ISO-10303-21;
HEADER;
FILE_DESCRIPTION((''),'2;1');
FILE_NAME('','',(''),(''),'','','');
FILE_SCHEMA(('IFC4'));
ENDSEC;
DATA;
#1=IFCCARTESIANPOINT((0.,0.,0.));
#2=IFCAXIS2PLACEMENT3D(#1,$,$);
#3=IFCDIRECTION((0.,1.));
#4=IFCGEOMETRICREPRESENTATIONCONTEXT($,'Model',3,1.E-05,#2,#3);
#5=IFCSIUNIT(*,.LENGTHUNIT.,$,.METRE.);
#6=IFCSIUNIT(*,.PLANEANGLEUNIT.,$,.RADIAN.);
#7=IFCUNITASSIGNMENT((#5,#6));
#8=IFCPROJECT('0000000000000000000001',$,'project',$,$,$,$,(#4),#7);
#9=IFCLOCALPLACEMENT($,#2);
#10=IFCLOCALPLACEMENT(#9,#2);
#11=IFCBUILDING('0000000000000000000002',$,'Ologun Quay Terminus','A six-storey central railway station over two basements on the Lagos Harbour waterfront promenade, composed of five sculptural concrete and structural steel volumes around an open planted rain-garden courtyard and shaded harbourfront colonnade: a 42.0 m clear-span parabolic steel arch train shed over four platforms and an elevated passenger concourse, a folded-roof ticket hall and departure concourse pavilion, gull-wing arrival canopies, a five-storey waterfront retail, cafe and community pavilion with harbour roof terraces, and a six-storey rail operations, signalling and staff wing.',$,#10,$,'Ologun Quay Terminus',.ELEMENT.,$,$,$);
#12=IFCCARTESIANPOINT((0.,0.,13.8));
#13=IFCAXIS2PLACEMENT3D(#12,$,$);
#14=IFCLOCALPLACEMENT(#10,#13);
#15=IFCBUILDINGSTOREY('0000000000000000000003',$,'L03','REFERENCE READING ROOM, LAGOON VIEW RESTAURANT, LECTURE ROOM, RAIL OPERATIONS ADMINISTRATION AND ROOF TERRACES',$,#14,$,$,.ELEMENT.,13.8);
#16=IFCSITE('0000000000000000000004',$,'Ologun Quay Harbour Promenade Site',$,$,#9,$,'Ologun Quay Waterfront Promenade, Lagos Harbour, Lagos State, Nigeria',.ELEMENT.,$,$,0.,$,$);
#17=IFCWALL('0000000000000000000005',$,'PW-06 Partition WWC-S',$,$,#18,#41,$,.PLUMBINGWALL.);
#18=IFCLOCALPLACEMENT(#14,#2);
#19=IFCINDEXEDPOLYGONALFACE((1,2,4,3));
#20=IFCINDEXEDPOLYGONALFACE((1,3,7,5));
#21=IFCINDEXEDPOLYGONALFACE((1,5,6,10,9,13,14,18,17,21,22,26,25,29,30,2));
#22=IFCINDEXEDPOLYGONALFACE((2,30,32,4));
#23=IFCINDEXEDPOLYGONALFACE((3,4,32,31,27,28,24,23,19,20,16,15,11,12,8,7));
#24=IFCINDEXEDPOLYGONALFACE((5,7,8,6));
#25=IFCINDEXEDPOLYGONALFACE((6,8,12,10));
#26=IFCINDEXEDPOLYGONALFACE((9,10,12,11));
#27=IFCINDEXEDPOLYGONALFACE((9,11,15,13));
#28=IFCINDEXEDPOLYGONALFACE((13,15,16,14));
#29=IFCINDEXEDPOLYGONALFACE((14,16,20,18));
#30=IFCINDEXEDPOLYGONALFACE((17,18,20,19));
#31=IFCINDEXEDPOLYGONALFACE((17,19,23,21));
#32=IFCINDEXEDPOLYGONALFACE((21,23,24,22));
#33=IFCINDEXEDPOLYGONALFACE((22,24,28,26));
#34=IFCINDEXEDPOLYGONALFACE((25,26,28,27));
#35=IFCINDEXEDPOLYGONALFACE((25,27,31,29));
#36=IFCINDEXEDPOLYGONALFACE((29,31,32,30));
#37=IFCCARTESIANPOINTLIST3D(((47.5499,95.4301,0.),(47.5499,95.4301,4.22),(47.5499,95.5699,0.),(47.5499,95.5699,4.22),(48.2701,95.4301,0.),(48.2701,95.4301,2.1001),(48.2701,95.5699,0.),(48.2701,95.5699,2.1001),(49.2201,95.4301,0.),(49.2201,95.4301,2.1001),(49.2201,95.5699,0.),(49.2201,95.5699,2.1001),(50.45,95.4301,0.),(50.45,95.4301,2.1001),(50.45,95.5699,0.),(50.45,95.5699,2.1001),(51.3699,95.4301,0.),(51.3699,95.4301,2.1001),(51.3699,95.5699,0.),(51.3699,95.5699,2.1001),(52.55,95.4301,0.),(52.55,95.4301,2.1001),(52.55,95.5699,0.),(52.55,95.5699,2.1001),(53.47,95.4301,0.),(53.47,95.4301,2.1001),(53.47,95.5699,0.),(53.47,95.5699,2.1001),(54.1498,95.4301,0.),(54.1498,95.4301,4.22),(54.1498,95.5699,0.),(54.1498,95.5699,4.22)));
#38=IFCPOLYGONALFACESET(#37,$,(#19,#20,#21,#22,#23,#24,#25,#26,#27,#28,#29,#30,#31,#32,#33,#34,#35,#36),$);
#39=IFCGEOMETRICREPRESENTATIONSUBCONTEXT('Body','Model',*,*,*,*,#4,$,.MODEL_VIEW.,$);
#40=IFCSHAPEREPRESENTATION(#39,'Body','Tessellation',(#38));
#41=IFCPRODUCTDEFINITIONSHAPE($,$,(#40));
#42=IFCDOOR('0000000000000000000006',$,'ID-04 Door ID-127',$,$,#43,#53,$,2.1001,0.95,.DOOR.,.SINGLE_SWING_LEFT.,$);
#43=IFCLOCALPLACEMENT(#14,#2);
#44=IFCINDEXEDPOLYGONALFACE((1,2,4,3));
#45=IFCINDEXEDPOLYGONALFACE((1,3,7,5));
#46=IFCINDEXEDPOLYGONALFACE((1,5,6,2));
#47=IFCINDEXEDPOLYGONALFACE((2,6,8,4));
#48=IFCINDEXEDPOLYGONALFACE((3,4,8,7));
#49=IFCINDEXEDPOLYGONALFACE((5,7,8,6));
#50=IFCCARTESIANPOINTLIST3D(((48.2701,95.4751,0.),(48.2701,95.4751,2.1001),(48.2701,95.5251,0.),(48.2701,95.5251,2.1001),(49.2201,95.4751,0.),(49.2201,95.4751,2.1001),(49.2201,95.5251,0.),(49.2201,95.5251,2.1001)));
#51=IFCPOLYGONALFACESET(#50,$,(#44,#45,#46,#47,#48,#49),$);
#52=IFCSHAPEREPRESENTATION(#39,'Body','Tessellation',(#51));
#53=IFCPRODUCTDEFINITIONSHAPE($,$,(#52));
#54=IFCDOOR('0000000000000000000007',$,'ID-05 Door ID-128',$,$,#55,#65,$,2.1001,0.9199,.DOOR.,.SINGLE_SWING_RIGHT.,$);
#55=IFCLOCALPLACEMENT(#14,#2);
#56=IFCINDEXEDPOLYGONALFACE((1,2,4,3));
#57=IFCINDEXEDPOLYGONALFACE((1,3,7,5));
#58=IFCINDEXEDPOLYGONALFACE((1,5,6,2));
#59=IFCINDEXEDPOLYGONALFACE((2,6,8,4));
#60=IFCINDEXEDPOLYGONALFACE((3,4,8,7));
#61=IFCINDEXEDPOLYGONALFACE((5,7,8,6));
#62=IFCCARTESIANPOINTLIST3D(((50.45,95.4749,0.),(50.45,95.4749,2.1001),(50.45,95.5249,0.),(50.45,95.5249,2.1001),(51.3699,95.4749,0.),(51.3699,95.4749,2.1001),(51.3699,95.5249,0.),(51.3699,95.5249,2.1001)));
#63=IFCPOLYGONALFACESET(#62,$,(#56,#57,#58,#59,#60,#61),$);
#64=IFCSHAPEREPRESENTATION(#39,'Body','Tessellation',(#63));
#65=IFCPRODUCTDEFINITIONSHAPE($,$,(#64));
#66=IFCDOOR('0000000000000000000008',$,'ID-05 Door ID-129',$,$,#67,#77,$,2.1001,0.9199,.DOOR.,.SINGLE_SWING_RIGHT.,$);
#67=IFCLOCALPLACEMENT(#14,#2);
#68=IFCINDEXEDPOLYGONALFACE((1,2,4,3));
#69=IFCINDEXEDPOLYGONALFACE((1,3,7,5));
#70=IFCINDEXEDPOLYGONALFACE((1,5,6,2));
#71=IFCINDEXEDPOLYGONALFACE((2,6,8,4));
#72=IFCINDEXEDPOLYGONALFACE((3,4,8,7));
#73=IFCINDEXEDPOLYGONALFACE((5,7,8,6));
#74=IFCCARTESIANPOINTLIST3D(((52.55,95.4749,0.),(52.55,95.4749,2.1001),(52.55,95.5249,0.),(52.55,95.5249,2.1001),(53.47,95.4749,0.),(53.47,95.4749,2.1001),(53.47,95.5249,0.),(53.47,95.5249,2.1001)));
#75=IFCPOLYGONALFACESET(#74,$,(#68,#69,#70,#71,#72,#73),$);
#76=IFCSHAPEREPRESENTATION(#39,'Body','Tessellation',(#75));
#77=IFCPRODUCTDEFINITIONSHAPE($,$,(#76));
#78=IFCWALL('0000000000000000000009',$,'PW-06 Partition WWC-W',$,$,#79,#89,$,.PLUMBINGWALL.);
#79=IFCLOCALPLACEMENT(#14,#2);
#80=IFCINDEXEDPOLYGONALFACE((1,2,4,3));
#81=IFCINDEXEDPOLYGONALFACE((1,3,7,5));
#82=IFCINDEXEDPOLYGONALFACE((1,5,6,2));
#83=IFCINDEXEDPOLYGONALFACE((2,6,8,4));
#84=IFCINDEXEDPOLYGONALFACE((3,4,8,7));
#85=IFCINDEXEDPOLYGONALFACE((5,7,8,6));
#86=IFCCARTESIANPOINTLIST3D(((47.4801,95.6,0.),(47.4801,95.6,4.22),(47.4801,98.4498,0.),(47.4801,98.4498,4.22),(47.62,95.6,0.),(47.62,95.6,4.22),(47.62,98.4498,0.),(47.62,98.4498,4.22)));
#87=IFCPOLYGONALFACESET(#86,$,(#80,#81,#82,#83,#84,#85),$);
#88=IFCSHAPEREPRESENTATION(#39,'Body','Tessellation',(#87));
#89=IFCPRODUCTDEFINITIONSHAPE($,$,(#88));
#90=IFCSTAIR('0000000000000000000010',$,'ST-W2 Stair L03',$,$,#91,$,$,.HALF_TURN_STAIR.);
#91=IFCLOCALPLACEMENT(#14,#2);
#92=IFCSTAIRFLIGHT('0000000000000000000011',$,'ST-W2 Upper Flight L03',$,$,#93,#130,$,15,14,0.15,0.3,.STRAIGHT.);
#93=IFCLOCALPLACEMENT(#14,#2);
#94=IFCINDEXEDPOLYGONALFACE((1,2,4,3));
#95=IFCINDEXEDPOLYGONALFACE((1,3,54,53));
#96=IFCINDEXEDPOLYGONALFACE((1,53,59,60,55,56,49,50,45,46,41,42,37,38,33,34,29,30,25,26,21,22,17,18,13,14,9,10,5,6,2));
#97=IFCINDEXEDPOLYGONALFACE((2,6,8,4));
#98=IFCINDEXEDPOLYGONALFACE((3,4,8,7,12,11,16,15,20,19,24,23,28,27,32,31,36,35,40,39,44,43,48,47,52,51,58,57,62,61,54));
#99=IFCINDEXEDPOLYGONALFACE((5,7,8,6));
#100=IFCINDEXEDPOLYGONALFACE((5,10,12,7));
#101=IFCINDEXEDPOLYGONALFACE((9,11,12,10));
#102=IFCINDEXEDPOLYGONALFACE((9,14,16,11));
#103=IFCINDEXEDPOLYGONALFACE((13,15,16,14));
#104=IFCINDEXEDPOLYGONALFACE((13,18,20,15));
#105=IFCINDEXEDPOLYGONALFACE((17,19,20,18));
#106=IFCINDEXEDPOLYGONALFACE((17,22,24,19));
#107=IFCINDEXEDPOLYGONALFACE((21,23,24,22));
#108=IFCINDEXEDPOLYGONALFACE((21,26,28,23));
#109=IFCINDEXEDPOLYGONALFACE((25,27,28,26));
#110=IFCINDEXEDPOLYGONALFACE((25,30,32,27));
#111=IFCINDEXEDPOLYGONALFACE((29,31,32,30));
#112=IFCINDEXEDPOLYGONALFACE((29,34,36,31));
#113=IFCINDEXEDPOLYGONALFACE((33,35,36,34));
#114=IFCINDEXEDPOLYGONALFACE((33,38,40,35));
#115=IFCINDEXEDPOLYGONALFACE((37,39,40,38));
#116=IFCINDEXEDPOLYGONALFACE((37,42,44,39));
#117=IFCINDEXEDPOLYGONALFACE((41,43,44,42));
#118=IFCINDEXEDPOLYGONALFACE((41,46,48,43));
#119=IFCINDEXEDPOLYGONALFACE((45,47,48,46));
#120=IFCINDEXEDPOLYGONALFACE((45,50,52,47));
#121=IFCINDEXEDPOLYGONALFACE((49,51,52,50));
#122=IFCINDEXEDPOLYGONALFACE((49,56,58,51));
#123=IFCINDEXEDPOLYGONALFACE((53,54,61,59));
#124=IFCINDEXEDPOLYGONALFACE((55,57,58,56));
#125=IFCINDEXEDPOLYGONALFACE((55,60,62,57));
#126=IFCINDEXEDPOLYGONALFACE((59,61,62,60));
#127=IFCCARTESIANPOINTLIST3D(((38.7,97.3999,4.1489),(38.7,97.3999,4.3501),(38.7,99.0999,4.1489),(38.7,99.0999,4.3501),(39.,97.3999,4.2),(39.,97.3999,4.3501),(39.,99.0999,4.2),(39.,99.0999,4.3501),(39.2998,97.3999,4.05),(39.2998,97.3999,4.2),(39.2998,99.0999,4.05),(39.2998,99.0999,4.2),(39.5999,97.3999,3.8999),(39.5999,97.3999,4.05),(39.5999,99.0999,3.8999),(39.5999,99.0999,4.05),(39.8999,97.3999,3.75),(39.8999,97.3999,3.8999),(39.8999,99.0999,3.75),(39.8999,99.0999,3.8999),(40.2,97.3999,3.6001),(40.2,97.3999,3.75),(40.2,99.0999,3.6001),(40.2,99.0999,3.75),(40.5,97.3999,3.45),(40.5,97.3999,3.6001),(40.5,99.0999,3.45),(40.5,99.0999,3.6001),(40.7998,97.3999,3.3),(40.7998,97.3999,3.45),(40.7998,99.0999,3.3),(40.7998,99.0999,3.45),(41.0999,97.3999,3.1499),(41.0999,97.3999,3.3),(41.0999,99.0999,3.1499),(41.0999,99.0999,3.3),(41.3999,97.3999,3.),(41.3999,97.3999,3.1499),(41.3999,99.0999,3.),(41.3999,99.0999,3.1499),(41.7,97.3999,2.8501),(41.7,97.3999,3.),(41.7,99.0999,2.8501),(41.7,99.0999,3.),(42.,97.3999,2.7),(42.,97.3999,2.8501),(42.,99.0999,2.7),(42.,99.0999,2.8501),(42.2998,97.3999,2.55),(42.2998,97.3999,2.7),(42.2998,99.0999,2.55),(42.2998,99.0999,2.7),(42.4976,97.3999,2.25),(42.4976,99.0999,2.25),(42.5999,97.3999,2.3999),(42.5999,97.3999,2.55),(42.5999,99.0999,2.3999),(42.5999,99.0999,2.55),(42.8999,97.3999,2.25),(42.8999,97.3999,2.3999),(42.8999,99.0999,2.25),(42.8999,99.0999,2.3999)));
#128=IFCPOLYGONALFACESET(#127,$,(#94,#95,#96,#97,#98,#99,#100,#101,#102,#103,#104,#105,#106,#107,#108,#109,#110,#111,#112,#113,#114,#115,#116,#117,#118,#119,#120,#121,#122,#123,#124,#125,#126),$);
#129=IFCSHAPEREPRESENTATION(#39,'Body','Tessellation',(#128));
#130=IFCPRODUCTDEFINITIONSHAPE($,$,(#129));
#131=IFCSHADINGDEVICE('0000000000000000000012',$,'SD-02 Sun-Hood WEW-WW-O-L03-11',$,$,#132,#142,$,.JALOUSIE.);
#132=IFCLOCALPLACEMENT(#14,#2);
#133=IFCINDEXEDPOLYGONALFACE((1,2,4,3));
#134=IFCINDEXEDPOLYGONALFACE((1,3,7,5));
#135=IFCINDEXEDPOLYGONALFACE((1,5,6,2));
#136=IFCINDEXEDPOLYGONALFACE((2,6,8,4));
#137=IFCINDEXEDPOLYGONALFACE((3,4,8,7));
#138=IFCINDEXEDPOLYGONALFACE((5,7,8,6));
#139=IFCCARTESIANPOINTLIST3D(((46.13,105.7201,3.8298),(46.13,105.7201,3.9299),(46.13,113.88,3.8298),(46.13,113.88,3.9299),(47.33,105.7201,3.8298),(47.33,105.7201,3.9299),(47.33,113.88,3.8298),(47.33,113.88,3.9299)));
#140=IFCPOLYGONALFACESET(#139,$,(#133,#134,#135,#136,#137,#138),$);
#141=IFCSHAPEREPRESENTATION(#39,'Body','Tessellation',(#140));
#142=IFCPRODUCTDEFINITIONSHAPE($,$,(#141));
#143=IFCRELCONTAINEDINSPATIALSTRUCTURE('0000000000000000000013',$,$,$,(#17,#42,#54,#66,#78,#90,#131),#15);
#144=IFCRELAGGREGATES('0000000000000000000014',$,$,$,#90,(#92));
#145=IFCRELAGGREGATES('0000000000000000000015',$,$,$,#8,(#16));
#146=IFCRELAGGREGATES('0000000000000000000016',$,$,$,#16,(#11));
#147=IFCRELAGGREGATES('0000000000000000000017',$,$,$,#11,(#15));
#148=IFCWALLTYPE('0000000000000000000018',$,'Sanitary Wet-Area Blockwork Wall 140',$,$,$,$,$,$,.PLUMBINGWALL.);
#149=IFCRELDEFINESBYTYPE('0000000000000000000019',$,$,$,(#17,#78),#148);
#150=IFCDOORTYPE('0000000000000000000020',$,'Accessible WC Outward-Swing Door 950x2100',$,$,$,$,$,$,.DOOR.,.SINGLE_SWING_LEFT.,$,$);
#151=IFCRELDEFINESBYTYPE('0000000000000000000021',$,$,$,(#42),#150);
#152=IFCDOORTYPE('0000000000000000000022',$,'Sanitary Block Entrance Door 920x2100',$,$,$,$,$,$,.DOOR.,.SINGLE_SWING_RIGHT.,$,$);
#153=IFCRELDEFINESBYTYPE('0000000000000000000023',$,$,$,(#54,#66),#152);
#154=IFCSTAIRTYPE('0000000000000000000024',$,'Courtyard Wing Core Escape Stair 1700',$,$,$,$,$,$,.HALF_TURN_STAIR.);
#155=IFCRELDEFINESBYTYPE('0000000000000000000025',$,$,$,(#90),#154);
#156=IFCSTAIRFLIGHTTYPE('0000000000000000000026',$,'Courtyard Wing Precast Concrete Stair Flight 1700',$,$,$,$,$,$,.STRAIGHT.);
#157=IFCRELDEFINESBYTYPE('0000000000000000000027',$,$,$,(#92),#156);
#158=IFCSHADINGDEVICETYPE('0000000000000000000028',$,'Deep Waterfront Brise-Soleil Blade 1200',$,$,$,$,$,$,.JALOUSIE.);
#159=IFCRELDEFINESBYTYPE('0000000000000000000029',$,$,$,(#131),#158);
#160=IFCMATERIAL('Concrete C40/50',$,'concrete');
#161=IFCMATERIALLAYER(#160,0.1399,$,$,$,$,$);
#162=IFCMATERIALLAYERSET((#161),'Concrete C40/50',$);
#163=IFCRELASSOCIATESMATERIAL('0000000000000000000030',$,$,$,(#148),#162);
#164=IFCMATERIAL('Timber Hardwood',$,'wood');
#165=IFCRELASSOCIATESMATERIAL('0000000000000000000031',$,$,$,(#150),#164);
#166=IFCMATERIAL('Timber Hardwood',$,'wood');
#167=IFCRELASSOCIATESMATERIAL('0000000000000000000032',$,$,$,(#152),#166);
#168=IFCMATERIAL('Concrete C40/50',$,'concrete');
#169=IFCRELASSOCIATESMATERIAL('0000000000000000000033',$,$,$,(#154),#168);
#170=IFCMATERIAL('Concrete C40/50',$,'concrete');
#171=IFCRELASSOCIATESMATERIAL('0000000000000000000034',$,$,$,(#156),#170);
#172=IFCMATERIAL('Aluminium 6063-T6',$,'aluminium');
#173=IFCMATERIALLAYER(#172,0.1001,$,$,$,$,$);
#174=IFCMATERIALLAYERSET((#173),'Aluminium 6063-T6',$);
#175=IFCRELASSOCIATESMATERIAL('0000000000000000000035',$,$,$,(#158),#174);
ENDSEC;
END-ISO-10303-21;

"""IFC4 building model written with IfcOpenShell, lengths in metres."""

from ifc_helpers import new_model, si_unit, direction, frame, frame_2d, origin, origin_2d, place, context, subcontext, project, spatial, polyline, rectangle, outline, extrude, material, layer, layer_set, type_object, element, fill, aggregate, save


model = new_model("IFC4")

# Units and contexts
model_context = context("Model", 3, precision=1e-05, world=origin(), true_north=direction((0.0, 1.0)))
body_context = subcontext(model_context, "Body", "Model", "MODEL_VIEW")
ifc_project = project(units=[si_unit("LENGTHUNIT", "METRE"), si_unit("PLANEANGLEUNIT", "RADIAN")], contexts=[model_context])

# Site, building, storey
site_placement = place(None, origin())
site = spatial("IfcSite", under=ifc_project, at=site_placement, Name="Ologun Quay Harbour Promenade Site", LongName="Ologun Quay Waterfront Promenade, Lagos Harbour, Lagos State, Nigeria", CompositionType="ELEMENT", RefElevation=0.0)
building_placement = place(site_placement, origin())
building = spatial("IfcBuilding", under=site, at=building_placement, Name="Ologun Quay Terminus", Description="A six-storey central railway station over two basements on the Lagos Harbour waterfront promenade, composed of five sculptural concrete and structural steel volumes around an open planted rain-garden courtyard and shaded harbourfront colonnade: a 42.0 m clear-span parabolic steel arch train shed over four platforms and an elevated passenger concourse, a folded-roof ticket hall and departure concourse pavilion, gull-wing arrival canopies, a five-storey waterfront retail, cafe and community pavilion with harbour roof terraces, and a six-storey rail operations, signalling and staff wing.", LongName="Ologun Quay Terminus", CompositionType="ELEMENT")
storey_placement = place(building_placement, frame((0.0, 0.0, 13.8)))
storey = spatial("IfcBuildingStorey", under=building, at=storey_placement, Name="L03", Description="REFERENCE READING ROOM, LAGOON VIEW RESTAURANT, LECTURE ROOM, RAIL OPERATIONS ADMINISTRATION AND ROOF TERRACES", CompositionType="ELEMENT", Elevation=13.8)

# Wall, openings, doors
ifc_material_1 = material(Name="Concrete C40/50", Category="concrete")
ifc_layer_1 = layer(ifc_material_1, 0.1399)
ifc_layer_set_1 = layer_set([ifc_layer_1], Name="Concrete C40/50")
wall_type_1 = type_object("IfcWallType", Name="Sanitary Wet-Area Blockwork Wall 140", PredefinedType="PLUMBINGWALL", material=ifc_layer_set_1)
wall_1_placement = place(storey_placement, frame((47.55, 95.5, 0.0), z_axis=(0.0, 0.0, 1.0), x_axis=(1.0, 0.0, 0.0)))
wall_1 = element("IfcWall", 1, at=wall_1_placement, inside=storey, type_object=wall_type_1, Name="PW-06 Partition WWC-S", PredefinedType="PLUMBINGWALL", context=body_context, shape_type="SweptSolid", body=[
    extrude(rectangle(XDim=6.5999, YDim=0.1399, at=frame_2d((3.2998, 0.0))), origin(), (0.0, 0.0, 1.0), 4.22),
])
opening_1_placement = place(wall_1_placement, frame((0.72, 0.0, 0.0)))
opening_1 = element("IfcOpeningElement", 2, at=opening_1_placement, cuts=wall_1, PredefinedType="OPENING", context=body_context, shape_type="SweptSolid", body=[
    extrude(rectangle(XDim=0.95, YDim=2.1001, at=frame_2d((0.4751, 1.05))), frame((0.0, 0.0801, 0.0), z_axis=(0.0, -1.0, 0.0), x_axis=(1.0, 0.0, 0.0)), (0.0, 0.0, 1.0), 0.1599),
])
opening_2_placement = place(wall_1_placement, frame((2.8999, 0.0, 0.0)))
opening_2 = element("IfcOpeningElement", 3, at=opening_2_placement, cuts=wall_1, PredefinedType="OPENING", context=body_context, shape_type="SweptSolid", body=[
    extrude(rectangle(XDim=0.9199, YDim=2.1001, at=frame_2d((0.46, 1.05))), frame((0.0, 0.0801, 0.0), z_axis=(0.0, -1.0, 0.0), x_axis=(1.0, 0.0, 0.0)), (0.0, 0.0, 1.0), 0.1599),
])
opening_3_placement = place(wall_1_placement, frame((5.0, 0.0, 0.0)))
opening_3 = element("IfcOpeningElement", 4, at=opening_3_placement, cuts=wall_1, PredefinedType="OPENING", context=body_context, shape_type="SweptSolid", body=[
    extrude(rectangle(XDim=0.9199, YDim=2.1001, at=frame_2d((0.46, 1.05))), frame((0.0, 0.0801, 0.0), z_axis=(0.0, -1.0, 0.0), x_axis=(1.0, 0.0, 0.0)), (0.0, 0.0, 1.0), 0.1599),
])
ifc_material_2 = material(Name="Timber Hardwood", Category="wood")
door_type_1 = type_object("IfcDoorType", Name="Accessible WC Outward-Swing Door 950x2100", OperationType="SINGLE_SWING_LEFT", PredefinedType="DOOR", material=ifc_material_2)
door_1_placement = place(opening_1_placement, frame((0.4751, 0.0, 0.0), z_axis=(0.0, 0.0, 1.0), x_axis=(-1.0, 0.0, 0.0)))
door_1 = element("IfcDoor", 5, at=door_1_placement, inside=storey, type_object=door_type_1, Name="ID-04 Door ID-127", OperationType="SINGLE_SWING_LEFT", OverallHeight=2.1001, OverallWidth=0.95, PredefinedType="DOOR", context=body_context, shape_type="SweptSolid", body=[
    extrude(rectangle(XDim=0.95, YDim=2.1001, at=frame_2d((0.0, 1.05))), frame((0.0, 0.0249, 0.0), z_axis=(0.0, -1.0, 0.0), x_axis=(1.0, 0.0, 0.0)), (0.0, 0.0, 1.0), 0.05),
])
fill(opening_1, door_1)
ifc_material_3 = material(Name="Timber Hardwood", Category="wood")
door_type_2 = type_object("IfcDoorType", Name="Sanitary Block Entrance Door 920x2100", OperationType="SINGLE_SWING_RIGHT", PredefinedType="DOOR", material=ifc_material_3)
door_2_placement = place(opening_2_placement, origin())
door_2 = element("IfcDoor", 6, at=door_2_placement, inside=storey, type_object=door_type_2, Name="ID-05 Door ID-128", OperationType="SINGLE_SWING_RIGHT", OverallHeight=2.1001, OverallWidth=0.9199, PredefinedType="DOOR", context=body_context, shape_type="SweptSolid", body=[
    extrude(rectangle(XDim=0.9199, YDim=2.1001, at=frame_2d((0.46, 1.05))), frame((0.0, 0.0249, 0.0), z_axis=(0.0, -1.0, 0.0), x_axis=(1.0, 0.0, 0.0)), (0.0, 0.0, 1.0), 0.05),
])
fill(opening_2, door_2)
door_3_placement = place(opening_3_placement, origin())
door_3 = element("IfcDoor", 7, at=door_3_placement, inside=storey, type_object=door_type_2, Name="ID-05 Door ID-129", OperationType="SINGLE_SWING_RIGHT", OverallHeight=2.1001, OverallWidth=0.9199, PredefinedType="DOOR", context=body_context, shape_type="SweptSolid", body=[
    extrude(rectangle(XDim=0.9199, YDim=2.1001, at=frame_2d((0.46, 1.05))), frame((0.0, 0.0249, 0.0), z_axis=(0.0, -1.0, 0.0), x_axis=(1.0, 0.0, 0.0)), (0.0, 0.0, 1.0), 0.05),
])
fill(opening_3, door_3)

# Wall
wall_2_placement = place(storey_placement, frame((47.55, 95.6001, 0.0), z_axis=(0.0, 0.0, 1.0), x_axis=(0.0, 1.0, 0.0)))
element("IfcWall", 8, at=wall_2_placement, inside=storey, type_object=wall_type_1, Name="PW-06 Partition WWC-W", PredefinedType="PLUMBINGWALL", context=body_context, shape_type="SweptSolid", body=[
    extrude(rectangle(XDim=2.8499, YDim=0.1399, at=frame_2d((1.4248, 0.0))), origin(), (0.0, 0.0, 1.0), 4.22),
])

# Stair, stair flight
ifc_material_4 = material(Name="Concrete C40/50", Category="concrete")
stair_type = type_object("IfcStairType", Name="Courtyard Wing Core Escape Stair 1700", PredefinedType="HALF_TURN_STAIR", material=ifc_material_4)
stair_placement = place(storey_placement, origin())
stair = element("IfcStair", 9, at=stair_placement, inside=storey, type_object=stair_type, Name="ST-W2 Stair L03", PredefinedType="HALF_TURN_STAIR")
ifc_material_5 = material(Name="Concrete C40/50", Category="concrete")
stair_flight_type = type_object("IfcStairFlightType", Name="Courtyard Wing Precast Concrete Stair Flight 1700", PredefinedType="STRAIGHT", material=ifc_material_5)
stair_flight_placement = place(storey_placement, frame((42.8999, 98.25, 2.25), z_axis=(0.0, 0.0, 1.0), x_axis=(-1.0, 0.0, 0.0)))
stair_flight = element("IfcStairFlight", 10, at=stair_flight_placement, type_object=stair_flight_type, Name="ST-W2 Upper Flight L03", NumberOfRisers=15, NumberOfTreads=14, PredefinedType="STRAIGHT", RiserHeight=0.15, TreadLength=0.3, context=body_context, shape_type="SweptSolid", body=[
    extrude(outline(polyline([(0.0, 0.0), (0.0, 0.1499), (0.3, 0.1499), (0.3, 0.3), (0.6001, 0.3), (0.6001, 0.45), (0.8999, 0.45), (0.8999, 0.6001), (1.2, 0.6001), (1.2, 0.75), (1.5, 0.75), (1.5, 0.8999), (1.8, 0.8999), (1.8, 1.05), (2.1001, 1.05), (2.1001, 1.2), (2.3999, 1.2), (2.3999, 1.3501), (2.7, 1.3501), (2.7, 1.5), (3.0, 1.5), (3.0, 1.6499), (3.3, 1.6499), (3.3, 1.8), (3.6001, 1.8), (3.6001, 1.95), (3.8999, 1.95), (3.8999, 2.1001), (4.2, 2.1001), (4.2, 2.25), (4.2, 1.8989), (0.4023, 0.0), (0.0, 0.0)])), frame((0.0, 0.8501, 0.0), z_axis=(0.0, -1.0, 0.0), x_axis=(1.0, 0.0, 0.0)), (0.0, 0.0, 1.0), 1.7),
])
aggregate(stair, [stair_flight])

# Shading device
ifc_material_6 = material(Name="Aluminium 6063-T6", Category="aluminium")
ifc_layer_2 = layer(ifc_material_6, 0.1001)
ifc_layer_set_2 = layer_set([ifc_layer_2], Name="Aluminium 6063-T6")
shading_device_type = type_object("IfcShadingDeviceType", Name="Deep Waterfront Brise-Soleil Blade 1200", PredefinedType="JALOUSIE", material=ifc_layer_set_2)
shading_device_placement = place(storey_placement, frame((46.73, 109.8, 3.8298), z_axis=(0.0, 0.0, 1.0), x_axis=(1.0, 0.0, 0.0)))
element("IfcShadingDevice", 11, at=shading_device_placement, inside=storey, type_object=shading_device_type, Name="SD-02 Sun-Hood WEW-WW-O-L03-11", PredefinedType="JALOUSIE", context=body_context, shape_type="SweptSolid", body=[
    extrude(rectangle(XDim=1.2, YDim=8.1599, at=origin_2d()), origin(), (0.0, 0.0, 1.0), 0.1001),
])

save(model, "model.ifc")
